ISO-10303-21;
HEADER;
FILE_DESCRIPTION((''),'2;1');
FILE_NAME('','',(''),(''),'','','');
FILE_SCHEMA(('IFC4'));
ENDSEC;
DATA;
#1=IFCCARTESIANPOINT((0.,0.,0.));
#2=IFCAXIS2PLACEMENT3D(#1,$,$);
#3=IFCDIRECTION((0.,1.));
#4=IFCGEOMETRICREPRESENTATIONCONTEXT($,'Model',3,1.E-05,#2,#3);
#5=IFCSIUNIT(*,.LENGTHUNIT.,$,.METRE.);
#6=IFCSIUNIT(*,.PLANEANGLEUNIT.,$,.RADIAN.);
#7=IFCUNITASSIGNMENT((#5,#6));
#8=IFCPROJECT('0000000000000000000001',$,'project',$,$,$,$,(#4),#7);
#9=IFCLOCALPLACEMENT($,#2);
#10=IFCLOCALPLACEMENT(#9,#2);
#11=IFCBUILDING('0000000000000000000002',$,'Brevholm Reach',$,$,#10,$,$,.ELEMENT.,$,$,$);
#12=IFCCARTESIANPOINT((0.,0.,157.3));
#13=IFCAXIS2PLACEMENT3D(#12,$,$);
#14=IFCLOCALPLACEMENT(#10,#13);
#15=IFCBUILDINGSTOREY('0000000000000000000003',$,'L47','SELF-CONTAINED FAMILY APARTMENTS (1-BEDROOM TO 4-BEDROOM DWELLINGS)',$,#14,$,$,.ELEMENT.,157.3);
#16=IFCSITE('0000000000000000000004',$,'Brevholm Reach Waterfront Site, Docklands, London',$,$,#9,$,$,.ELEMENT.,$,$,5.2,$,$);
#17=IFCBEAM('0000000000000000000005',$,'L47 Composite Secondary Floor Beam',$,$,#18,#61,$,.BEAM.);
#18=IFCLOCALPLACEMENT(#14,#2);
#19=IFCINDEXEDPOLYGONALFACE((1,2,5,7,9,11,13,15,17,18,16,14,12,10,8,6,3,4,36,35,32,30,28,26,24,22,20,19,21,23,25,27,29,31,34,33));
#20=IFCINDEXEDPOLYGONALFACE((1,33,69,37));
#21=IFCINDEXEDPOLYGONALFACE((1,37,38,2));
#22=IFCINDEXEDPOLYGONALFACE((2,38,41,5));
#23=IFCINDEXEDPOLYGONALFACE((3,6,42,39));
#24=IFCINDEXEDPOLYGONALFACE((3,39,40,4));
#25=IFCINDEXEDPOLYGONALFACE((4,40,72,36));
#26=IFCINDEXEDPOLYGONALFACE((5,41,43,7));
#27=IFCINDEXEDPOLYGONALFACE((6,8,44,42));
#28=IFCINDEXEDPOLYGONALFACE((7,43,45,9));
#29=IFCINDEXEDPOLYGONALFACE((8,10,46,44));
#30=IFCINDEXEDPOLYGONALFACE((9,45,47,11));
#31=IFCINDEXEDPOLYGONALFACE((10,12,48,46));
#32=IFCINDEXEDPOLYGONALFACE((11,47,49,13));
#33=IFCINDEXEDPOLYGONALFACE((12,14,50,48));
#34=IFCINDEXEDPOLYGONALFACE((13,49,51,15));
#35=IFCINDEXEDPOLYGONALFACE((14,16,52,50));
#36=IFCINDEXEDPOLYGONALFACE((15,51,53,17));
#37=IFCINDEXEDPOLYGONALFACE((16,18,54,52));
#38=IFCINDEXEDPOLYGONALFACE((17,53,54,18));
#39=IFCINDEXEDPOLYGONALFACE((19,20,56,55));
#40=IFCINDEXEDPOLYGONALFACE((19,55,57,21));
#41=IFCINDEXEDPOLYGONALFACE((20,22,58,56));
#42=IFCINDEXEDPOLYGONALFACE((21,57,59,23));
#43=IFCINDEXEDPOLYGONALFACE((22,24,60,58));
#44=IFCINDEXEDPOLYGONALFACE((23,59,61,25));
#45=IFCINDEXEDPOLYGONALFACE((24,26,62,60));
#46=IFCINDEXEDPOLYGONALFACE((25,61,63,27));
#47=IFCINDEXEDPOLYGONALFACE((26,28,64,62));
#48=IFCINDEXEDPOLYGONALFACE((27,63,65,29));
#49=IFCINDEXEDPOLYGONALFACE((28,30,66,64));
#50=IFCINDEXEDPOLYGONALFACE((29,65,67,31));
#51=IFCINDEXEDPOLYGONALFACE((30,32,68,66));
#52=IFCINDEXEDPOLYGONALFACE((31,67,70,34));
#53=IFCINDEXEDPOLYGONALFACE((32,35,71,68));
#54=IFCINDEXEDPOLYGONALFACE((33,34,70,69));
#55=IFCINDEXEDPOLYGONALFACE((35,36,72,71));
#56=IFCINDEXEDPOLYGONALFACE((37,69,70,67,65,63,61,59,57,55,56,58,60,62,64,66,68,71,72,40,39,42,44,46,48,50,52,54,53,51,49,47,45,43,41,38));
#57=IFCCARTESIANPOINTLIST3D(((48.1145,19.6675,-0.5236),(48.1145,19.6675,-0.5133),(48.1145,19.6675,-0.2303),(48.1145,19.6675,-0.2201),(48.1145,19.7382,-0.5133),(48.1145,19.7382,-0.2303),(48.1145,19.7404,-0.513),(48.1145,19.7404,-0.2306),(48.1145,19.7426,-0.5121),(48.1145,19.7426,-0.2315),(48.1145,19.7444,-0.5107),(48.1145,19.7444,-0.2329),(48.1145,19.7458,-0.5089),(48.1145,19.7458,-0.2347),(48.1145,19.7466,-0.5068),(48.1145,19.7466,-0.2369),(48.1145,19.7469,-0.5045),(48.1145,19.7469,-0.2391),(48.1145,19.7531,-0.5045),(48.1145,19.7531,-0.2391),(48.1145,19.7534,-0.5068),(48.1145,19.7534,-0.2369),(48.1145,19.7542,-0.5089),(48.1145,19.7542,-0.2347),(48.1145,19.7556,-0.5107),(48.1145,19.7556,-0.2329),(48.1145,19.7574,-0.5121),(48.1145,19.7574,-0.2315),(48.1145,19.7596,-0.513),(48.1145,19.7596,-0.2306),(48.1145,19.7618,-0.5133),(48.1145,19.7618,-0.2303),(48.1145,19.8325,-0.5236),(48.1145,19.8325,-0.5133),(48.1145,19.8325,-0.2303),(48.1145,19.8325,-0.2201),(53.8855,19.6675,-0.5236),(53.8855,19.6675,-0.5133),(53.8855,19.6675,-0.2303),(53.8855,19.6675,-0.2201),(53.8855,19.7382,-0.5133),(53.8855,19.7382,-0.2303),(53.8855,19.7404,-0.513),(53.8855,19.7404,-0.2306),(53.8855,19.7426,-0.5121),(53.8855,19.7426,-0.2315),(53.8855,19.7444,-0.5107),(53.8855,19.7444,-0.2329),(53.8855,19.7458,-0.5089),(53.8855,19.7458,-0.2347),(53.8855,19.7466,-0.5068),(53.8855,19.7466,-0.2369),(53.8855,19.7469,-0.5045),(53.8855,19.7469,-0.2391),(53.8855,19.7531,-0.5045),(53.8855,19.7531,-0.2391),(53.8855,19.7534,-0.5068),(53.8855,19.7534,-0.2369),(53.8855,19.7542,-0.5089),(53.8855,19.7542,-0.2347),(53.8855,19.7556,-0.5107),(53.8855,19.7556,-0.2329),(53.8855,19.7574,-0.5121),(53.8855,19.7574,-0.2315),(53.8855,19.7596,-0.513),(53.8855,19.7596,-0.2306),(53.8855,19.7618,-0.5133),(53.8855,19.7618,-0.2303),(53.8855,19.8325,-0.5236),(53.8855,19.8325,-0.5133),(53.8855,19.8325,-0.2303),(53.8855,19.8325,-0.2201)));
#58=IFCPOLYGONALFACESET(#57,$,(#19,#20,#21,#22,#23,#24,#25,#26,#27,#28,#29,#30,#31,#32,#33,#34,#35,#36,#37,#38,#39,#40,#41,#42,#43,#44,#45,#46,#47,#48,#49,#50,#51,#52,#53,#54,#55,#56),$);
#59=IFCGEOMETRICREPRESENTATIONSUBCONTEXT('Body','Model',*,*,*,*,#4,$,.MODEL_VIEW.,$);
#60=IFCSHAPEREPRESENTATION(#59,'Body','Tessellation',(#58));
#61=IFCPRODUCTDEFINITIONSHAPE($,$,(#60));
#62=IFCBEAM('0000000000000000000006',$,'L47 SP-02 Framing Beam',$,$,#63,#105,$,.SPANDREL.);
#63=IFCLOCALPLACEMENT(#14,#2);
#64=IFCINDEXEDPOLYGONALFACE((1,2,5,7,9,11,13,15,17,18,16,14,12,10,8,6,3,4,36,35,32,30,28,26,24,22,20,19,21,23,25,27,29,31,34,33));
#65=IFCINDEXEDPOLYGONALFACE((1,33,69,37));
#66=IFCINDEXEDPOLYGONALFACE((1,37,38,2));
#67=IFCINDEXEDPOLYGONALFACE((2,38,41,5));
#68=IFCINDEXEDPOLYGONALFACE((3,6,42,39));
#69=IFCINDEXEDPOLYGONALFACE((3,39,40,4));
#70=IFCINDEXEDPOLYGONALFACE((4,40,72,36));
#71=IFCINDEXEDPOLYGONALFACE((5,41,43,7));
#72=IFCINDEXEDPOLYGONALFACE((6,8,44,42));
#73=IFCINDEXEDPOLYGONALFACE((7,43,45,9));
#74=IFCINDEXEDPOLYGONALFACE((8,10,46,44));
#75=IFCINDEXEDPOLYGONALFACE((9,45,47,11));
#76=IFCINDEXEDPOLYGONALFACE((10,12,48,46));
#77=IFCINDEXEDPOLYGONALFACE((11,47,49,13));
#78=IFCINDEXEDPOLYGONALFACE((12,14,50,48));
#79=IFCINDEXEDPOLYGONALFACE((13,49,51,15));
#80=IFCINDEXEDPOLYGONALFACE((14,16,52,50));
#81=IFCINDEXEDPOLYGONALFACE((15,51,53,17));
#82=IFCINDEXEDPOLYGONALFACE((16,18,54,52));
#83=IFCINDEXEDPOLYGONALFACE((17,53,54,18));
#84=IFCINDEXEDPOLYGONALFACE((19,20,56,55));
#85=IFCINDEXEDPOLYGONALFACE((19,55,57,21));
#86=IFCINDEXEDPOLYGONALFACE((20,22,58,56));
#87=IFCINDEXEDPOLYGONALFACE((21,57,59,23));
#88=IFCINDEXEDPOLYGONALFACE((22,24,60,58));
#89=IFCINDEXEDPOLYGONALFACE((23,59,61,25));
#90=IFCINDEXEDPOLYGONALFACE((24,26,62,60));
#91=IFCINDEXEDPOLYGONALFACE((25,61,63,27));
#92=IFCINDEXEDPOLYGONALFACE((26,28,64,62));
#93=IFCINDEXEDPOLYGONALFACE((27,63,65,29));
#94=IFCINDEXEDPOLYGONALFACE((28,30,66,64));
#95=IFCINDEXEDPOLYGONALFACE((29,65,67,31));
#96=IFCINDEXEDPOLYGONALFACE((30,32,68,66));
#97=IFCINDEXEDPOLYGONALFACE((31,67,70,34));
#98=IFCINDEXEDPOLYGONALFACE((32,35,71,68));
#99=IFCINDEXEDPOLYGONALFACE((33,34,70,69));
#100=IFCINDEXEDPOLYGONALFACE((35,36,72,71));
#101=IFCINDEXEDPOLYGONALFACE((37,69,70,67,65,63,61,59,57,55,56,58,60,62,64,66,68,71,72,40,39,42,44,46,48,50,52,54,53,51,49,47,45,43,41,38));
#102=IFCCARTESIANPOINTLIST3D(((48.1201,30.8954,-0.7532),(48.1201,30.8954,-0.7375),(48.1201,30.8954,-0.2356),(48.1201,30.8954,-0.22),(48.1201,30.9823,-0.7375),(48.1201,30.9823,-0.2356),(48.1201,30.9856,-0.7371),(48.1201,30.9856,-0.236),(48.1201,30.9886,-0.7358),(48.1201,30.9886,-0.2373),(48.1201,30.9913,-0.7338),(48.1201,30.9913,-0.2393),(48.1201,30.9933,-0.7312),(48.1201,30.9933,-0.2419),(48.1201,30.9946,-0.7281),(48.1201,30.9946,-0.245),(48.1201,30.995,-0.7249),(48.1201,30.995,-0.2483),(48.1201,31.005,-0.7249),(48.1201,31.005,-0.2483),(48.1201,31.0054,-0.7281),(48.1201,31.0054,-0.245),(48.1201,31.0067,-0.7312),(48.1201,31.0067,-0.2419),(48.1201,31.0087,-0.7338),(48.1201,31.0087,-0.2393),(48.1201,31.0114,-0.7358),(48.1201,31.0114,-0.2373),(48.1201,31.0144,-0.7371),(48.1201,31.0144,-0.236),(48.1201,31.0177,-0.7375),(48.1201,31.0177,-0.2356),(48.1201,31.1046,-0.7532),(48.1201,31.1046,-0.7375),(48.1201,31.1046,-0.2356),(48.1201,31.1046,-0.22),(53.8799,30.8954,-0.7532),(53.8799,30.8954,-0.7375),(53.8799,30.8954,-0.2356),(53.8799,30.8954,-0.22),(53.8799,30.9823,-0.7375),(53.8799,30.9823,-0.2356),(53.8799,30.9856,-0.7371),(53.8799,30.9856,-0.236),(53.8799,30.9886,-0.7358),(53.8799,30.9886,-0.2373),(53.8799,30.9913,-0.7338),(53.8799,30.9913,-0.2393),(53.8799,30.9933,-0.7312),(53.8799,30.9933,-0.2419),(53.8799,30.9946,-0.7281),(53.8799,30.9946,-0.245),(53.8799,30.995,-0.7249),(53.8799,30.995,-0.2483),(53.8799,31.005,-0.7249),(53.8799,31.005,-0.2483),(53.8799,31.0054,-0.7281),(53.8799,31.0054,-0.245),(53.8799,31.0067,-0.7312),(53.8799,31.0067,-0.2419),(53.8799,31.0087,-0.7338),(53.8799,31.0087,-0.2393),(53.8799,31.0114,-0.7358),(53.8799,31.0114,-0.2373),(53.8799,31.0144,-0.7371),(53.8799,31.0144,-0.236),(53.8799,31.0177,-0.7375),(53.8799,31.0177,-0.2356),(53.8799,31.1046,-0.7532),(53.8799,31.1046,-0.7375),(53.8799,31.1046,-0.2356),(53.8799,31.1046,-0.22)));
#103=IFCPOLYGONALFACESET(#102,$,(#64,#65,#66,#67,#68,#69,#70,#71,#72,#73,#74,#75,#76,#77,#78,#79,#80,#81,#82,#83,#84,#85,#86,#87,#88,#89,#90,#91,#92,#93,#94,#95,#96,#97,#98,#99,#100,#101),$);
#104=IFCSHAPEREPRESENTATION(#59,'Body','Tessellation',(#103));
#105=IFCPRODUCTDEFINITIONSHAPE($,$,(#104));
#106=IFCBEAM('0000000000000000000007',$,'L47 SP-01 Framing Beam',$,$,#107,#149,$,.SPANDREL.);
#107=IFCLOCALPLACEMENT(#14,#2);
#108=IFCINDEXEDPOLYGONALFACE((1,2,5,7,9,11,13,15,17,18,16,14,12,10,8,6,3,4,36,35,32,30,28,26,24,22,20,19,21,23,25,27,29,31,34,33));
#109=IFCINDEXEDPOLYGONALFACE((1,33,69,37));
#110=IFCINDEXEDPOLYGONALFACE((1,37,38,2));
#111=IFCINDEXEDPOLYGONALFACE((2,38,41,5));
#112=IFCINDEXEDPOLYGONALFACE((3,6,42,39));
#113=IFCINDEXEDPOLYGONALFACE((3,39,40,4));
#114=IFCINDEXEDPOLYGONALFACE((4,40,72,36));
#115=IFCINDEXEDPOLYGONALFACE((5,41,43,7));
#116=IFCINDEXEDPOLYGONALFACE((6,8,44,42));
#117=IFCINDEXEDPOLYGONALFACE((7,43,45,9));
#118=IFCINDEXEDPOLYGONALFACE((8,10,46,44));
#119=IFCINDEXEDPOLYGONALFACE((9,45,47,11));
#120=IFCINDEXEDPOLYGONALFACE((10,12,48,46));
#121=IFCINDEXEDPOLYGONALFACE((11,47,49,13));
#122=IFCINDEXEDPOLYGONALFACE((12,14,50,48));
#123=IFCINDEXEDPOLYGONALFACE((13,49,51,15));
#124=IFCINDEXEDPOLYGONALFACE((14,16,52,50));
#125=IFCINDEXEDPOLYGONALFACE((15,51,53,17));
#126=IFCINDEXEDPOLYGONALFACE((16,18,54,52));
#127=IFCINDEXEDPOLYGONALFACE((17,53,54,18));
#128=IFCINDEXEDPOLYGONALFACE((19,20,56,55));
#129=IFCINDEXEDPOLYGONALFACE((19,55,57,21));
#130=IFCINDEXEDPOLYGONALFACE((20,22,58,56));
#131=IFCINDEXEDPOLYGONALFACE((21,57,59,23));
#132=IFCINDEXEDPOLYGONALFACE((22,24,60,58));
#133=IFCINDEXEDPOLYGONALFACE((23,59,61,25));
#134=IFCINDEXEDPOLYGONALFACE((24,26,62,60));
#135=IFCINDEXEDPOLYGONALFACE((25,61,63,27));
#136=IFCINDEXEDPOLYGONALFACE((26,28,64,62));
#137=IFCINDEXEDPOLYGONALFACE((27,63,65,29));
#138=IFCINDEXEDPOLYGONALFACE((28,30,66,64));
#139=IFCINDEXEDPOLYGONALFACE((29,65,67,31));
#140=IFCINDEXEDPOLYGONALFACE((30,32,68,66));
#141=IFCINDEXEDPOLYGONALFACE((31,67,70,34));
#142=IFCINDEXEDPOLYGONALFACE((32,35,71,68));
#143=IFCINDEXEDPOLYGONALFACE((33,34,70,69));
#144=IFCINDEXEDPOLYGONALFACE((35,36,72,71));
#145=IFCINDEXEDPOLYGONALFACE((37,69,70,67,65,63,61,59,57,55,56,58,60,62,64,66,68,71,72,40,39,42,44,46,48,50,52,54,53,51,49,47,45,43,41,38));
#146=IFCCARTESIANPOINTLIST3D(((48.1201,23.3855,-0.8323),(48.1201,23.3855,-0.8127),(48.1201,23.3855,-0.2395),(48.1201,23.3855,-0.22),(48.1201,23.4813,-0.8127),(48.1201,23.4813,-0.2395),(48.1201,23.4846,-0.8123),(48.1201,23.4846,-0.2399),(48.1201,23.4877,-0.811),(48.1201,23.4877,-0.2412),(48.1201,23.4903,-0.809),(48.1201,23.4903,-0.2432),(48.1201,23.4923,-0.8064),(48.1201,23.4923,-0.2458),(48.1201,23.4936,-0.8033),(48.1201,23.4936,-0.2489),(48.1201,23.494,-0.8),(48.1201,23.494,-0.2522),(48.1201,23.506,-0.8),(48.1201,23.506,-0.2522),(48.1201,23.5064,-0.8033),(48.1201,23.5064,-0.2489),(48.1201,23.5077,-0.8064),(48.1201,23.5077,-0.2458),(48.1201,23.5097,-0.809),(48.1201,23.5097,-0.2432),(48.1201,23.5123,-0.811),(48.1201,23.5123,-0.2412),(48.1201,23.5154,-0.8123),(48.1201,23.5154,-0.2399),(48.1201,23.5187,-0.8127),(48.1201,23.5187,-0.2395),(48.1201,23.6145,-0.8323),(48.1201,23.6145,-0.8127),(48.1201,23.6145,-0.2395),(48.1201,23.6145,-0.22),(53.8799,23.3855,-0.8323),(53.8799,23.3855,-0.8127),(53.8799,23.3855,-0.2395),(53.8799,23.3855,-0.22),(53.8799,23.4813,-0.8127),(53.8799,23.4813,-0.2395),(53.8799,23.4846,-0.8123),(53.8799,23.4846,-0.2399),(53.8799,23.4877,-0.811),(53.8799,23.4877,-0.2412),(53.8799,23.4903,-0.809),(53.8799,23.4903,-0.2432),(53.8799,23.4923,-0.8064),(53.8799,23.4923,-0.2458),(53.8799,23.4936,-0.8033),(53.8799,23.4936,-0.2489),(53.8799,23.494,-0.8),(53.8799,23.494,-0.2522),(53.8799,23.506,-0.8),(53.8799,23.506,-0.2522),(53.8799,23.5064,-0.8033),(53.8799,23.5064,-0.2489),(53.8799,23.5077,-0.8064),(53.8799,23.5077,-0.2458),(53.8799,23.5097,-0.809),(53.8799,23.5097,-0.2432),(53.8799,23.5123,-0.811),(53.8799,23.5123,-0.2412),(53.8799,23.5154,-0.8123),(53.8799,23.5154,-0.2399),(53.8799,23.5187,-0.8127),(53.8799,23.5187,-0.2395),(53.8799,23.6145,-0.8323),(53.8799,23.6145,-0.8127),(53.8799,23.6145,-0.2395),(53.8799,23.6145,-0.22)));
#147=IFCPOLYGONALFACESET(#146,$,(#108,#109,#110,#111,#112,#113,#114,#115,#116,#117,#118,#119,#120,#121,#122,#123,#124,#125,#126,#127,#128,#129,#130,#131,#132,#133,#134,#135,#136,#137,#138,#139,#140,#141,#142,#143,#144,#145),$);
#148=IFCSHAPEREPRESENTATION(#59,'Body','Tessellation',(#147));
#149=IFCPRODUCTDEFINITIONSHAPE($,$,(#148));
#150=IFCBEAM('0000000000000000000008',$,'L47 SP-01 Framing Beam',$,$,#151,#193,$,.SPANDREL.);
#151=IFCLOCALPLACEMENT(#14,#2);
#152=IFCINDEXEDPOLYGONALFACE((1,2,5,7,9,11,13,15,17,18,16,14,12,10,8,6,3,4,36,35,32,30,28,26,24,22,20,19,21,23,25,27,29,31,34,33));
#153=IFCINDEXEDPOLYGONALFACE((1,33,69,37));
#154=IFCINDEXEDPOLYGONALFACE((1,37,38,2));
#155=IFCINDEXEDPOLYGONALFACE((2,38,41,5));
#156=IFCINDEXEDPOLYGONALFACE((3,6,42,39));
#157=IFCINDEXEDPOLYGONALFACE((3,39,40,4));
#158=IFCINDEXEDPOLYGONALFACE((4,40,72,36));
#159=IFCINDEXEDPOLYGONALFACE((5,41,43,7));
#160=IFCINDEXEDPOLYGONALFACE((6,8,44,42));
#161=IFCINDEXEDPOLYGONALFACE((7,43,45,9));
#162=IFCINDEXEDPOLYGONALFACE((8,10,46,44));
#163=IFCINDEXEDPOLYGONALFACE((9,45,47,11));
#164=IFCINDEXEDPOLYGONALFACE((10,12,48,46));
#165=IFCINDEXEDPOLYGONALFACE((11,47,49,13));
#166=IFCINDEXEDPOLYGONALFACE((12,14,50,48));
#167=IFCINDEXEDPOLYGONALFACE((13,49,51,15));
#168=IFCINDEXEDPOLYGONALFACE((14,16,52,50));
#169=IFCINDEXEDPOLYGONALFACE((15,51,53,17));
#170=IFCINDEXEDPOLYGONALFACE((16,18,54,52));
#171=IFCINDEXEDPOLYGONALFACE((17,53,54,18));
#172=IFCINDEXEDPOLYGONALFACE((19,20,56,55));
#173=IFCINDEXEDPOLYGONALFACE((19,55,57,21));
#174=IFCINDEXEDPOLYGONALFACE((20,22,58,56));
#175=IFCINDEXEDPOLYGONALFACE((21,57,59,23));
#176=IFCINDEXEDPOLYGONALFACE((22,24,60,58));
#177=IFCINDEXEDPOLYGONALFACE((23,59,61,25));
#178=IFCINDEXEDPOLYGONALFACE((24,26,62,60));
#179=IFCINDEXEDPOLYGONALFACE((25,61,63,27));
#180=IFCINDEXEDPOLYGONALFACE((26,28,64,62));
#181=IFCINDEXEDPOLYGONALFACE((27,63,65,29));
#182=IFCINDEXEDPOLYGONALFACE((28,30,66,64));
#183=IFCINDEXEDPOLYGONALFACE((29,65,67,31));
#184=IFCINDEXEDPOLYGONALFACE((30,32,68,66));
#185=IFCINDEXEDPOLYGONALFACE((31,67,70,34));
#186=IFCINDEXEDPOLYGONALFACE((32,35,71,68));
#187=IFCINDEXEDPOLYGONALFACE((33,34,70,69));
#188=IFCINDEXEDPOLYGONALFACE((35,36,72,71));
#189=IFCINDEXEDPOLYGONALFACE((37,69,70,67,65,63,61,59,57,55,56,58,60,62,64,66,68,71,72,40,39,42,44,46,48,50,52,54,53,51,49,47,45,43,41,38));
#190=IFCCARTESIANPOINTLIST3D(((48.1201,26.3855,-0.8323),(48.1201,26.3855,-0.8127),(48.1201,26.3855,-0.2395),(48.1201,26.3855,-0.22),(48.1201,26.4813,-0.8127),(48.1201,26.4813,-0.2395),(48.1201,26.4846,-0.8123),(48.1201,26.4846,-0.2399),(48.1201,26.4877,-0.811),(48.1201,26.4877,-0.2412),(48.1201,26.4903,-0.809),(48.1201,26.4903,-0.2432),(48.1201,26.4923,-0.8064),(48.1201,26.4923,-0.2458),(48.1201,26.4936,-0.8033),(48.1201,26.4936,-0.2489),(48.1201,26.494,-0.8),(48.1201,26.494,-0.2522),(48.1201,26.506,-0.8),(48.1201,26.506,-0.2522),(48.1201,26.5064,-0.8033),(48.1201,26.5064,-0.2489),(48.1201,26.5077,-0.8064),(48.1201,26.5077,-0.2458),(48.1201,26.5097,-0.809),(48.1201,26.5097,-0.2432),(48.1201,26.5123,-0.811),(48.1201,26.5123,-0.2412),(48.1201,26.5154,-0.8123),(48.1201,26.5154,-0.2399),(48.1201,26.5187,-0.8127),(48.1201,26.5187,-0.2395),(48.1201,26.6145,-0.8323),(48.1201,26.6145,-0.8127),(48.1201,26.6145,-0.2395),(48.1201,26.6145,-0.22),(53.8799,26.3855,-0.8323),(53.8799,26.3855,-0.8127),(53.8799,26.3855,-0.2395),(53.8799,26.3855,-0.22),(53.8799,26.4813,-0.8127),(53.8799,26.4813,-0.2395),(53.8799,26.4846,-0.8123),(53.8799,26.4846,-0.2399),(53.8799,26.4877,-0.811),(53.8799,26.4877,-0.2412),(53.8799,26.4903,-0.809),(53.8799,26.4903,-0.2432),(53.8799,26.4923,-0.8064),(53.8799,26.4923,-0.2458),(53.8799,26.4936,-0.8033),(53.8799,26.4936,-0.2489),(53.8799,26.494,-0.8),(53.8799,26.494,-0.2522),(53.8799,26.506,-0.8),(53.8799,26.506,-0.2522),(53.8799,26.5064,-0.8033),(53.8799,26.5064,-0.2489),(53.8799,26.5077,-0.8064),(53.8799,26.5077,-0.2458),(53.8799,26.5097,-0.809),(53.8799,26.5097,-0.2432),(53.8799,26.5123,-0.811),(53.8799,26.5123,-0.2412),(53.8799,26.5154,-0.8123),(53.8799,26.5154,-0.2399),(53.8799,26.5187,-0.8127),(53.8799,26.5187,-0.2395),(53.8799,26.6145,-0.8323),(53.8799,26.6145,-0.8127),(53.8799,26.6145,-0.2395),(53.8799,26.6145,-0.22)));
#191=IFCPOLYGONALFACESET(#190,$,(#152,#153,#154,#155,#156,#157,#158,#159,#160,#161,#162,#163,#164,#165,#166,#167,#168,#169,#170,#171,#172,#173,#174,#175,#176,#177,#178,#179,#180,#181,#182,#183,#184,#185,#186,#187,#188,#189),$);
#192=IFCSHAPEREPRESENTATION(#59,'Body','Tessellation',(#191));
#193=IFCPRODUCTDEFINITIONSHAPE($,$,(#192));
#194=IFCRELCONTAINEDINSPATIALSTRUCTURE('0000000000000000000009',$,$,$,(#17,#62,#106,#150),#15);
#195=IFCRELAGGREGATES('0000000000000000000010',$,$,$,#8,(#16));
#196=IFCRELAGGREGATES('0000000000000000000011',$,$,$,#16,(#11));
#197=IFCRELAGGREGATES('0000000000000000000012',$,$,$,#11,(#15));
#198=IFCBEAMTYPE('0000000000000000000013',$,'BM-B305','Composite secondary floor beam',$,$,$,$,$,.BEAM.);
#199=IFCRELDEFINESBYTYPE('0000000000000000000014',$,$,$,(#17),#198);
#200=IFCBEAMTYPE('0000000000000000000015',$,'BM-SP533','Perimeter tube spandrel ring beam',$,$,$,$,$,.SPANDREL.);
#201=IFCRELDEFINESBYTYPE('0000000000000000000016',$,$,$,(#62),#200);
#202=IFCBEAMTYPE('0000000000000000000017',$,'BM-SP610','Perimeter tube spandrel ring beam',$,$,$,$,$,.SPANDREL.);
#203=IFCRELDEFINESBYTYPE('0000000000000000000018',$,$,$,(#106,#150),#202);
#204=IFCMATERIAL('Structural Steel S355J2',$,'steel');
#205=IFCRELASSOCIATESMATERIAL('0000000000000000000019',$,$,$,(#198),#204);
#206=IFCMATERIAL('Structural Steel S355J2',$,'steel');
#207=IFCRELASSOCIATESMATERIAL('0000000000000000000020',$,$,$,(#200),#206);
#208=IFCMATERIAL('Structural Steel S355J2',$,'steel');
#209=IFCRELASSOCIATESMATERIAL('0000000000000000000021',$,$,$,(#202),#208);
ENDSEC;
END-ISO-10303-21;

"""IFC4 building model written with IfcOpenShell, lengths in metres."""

from ifc_helpers import new_model, si_unit, direction, frame, origin, origin_2d, place, context, subcontext, project, spatial, i_section, extrude, material, material_profile, profile_set, type_object, element, save


model = new_model("IFC4")

# Units and contexts
model_context = context("Model", 3, precision=1e-05, world=origin(), true_north=direction((0.0, 1.0)))
body_context = subcontext(model_context, "Body", "Model", "MODEL_VIEW")
ifc_project = project(units=[si_unit("LENGTHUNIT", "METRE"), si_unit("PLANEANGLEUNIT", "RADIAN")], contexts=[model_context])

# Site, building, storey
site_placement = place(None, origin())
site = spatial("IfcSite", under=ifc_project, at=site_placement, Name="Brevholm Reach Waterfront Site, Docklands, London", CompositionType="ELEMENT", RefElevation=5.2)
building_placement = place(site_placement, origin())
building = spatial("IfcBuilding", under=site, at=building_placement, Name="Brevholm Reach", CompositionType="ELEMENT")
storey_placement = place(building_placement, frame((0.0, 0.0, 157.3)))
storey = spatial("IfcBuildingStorey", under=building, at=storey_placement, Name="L47", Description="SELF-CONTAINED FAMILY APARTMENTS (1-BEDROOM TO 4-BEDROOM DWELLINGS)", CompositionType="ELEMENT", Elevation=157.3)

# Beams
ifc_material_1 = material(Name="Structural Steel S355J2", Category="steel")
ifc_material_profile_1 = material_profile(ifc_material_1, i_section(OverallWidth=0.165, OverallDepth=0.3035, WebThickness=0.0061, FlangeThickness=0.0103, FilletRadius=0.0088, at=origin_2d()), Name="UKB 305x165x40")
ifc_profile_set_1 = profile_set([ifc_material_profile_1], Name="Structural Steel S355J2")
beam_type_1 = type_object("IfcBeamType", Name="BM-B305", Description="Composite secondary floor beam", PredefinedType="BEAM", material=ifc_profile_set_1)
beam_1_placement = place(storey_placement, frame((48.1145, 19.75, -0.3718), z_axis=(1.0, 0.0, 0.0), x_axis=(0.0, 1.0, 0.0)))
element("IfcBeam", 1, at=beam_1_placement, inside=storey, type_object=beam_type_1, Name="L47 Composite Secondary Floor Beam", PredefinedType="BEAM", context=body_context, shape_type="SweptSolid", body=[
    extrude(i_section(OverallWidth=0.165, OverallDepth=0.3035, WebThickness=0.0061, FlangeThickness=0.0103, FilletRadius=0.0088, at=origin_2d()), origin(), (0.0, 0.0, 1.0), 5.771),
])
ifc_material_2 = material(Name="Structural Steel S355J2", Category="steel")
ifc_material_profile_2 = material_profile(ifc_material_2, i_section(OverallWidth=0.2092, OverallDepth=0.5332, WebThickness=0.01, FlangeThickness=0.0156, FilletRadius=0.0127, at=origin_2d()), Name="UKB 533x210x92")
ifc_profile_set_2 = profile_set([ifc_material_profile_2], Name="Structural Steel S355J2")
beam_type_2 = type_object("IfcBeamType", Name="BM-SP533", Description="Perimeter tube spandrel ring beam", PredefinedType="SPANDREL", material=ifc_profile_set_2)
beam_2_placement = place(storey_placement, frame((48.1201, 31.0, -0.4866), z_axis=(1.0, 0.0, 0.0), x_axis=(0.0, 1.0, 0.0)))
element("IfcBeam", 2, at=beam_2_placement, inside=storey, type_object=beam_type_2, Name="L47 SP-02 Framing Beam", PredefinedType="SPANDREL", context=body_context, shape_type="SweptSolid", body=[
    extrude(i_section(OverallWidth=0.2092, OverallDepth=0.5332, WebThickness=0.01, FlangeThickness=0.0156, FilletRadius=0.0127, at=origin_2d()), origin(), (0.0, 0.0, 1.0), 5.7598),
])
ifc_material_3 = material(Name="Structural Steel S355J2", Category="steel")
ifc_material_profile_3 = material_profile(ifc_material_3, i_section(OverallWidth=0.229, OverallDepth=0.6123, WebThickness=0.012, FlangeThickness=0.0195, FilletRadius=0.0127, at=origin_2d()), Name="UKB 610x229x125")
ifc_profile_set_3 = profile_set([ifc_material_profile_3], Name="Structural Steel S355J2")
beam_type_3 = type_object("IfcBeamType", Name="BM-SP610", Description="Perimeter tube spandrel ring beam", PredefinedType="SPANDREL", material=ifc_profile_set_3)
for number, where, z_axis, x_axis, name in (
    (3, (48.1201, 23.5, -0.5261), (1.0, 0.0, 0.0), (0.0, 1.0, 0.0), "L47 SP-01 Framing Beam"),
    (4, (48.1201, 26.5, -0.5261), (1.0, 0.0, 0.0), (0.0, 1.0, 0.0), "L47 SP-01 Framing Beam"),
):
    element("IfcBeam", number, at=place(storey_placement, frame(where, z_axis=z_axis, x_axis=x_axis)), inside=storey, type_object=beam_type_3, Name=name, PredefinedType="SPANDREL", context=body_context, shape_type="SweptSolid", body=[
        extrude(i_section(OverallWidth=0.229, OverallDepth=0.6123, WebThickness=0.012, FlangeThickness=0.0195, FilletRadius=0.0127, at=origin_2d()), origin(), (0.0, 0.0, 1.0), 5.7598),
    ])

save(model, "model.ifc")
